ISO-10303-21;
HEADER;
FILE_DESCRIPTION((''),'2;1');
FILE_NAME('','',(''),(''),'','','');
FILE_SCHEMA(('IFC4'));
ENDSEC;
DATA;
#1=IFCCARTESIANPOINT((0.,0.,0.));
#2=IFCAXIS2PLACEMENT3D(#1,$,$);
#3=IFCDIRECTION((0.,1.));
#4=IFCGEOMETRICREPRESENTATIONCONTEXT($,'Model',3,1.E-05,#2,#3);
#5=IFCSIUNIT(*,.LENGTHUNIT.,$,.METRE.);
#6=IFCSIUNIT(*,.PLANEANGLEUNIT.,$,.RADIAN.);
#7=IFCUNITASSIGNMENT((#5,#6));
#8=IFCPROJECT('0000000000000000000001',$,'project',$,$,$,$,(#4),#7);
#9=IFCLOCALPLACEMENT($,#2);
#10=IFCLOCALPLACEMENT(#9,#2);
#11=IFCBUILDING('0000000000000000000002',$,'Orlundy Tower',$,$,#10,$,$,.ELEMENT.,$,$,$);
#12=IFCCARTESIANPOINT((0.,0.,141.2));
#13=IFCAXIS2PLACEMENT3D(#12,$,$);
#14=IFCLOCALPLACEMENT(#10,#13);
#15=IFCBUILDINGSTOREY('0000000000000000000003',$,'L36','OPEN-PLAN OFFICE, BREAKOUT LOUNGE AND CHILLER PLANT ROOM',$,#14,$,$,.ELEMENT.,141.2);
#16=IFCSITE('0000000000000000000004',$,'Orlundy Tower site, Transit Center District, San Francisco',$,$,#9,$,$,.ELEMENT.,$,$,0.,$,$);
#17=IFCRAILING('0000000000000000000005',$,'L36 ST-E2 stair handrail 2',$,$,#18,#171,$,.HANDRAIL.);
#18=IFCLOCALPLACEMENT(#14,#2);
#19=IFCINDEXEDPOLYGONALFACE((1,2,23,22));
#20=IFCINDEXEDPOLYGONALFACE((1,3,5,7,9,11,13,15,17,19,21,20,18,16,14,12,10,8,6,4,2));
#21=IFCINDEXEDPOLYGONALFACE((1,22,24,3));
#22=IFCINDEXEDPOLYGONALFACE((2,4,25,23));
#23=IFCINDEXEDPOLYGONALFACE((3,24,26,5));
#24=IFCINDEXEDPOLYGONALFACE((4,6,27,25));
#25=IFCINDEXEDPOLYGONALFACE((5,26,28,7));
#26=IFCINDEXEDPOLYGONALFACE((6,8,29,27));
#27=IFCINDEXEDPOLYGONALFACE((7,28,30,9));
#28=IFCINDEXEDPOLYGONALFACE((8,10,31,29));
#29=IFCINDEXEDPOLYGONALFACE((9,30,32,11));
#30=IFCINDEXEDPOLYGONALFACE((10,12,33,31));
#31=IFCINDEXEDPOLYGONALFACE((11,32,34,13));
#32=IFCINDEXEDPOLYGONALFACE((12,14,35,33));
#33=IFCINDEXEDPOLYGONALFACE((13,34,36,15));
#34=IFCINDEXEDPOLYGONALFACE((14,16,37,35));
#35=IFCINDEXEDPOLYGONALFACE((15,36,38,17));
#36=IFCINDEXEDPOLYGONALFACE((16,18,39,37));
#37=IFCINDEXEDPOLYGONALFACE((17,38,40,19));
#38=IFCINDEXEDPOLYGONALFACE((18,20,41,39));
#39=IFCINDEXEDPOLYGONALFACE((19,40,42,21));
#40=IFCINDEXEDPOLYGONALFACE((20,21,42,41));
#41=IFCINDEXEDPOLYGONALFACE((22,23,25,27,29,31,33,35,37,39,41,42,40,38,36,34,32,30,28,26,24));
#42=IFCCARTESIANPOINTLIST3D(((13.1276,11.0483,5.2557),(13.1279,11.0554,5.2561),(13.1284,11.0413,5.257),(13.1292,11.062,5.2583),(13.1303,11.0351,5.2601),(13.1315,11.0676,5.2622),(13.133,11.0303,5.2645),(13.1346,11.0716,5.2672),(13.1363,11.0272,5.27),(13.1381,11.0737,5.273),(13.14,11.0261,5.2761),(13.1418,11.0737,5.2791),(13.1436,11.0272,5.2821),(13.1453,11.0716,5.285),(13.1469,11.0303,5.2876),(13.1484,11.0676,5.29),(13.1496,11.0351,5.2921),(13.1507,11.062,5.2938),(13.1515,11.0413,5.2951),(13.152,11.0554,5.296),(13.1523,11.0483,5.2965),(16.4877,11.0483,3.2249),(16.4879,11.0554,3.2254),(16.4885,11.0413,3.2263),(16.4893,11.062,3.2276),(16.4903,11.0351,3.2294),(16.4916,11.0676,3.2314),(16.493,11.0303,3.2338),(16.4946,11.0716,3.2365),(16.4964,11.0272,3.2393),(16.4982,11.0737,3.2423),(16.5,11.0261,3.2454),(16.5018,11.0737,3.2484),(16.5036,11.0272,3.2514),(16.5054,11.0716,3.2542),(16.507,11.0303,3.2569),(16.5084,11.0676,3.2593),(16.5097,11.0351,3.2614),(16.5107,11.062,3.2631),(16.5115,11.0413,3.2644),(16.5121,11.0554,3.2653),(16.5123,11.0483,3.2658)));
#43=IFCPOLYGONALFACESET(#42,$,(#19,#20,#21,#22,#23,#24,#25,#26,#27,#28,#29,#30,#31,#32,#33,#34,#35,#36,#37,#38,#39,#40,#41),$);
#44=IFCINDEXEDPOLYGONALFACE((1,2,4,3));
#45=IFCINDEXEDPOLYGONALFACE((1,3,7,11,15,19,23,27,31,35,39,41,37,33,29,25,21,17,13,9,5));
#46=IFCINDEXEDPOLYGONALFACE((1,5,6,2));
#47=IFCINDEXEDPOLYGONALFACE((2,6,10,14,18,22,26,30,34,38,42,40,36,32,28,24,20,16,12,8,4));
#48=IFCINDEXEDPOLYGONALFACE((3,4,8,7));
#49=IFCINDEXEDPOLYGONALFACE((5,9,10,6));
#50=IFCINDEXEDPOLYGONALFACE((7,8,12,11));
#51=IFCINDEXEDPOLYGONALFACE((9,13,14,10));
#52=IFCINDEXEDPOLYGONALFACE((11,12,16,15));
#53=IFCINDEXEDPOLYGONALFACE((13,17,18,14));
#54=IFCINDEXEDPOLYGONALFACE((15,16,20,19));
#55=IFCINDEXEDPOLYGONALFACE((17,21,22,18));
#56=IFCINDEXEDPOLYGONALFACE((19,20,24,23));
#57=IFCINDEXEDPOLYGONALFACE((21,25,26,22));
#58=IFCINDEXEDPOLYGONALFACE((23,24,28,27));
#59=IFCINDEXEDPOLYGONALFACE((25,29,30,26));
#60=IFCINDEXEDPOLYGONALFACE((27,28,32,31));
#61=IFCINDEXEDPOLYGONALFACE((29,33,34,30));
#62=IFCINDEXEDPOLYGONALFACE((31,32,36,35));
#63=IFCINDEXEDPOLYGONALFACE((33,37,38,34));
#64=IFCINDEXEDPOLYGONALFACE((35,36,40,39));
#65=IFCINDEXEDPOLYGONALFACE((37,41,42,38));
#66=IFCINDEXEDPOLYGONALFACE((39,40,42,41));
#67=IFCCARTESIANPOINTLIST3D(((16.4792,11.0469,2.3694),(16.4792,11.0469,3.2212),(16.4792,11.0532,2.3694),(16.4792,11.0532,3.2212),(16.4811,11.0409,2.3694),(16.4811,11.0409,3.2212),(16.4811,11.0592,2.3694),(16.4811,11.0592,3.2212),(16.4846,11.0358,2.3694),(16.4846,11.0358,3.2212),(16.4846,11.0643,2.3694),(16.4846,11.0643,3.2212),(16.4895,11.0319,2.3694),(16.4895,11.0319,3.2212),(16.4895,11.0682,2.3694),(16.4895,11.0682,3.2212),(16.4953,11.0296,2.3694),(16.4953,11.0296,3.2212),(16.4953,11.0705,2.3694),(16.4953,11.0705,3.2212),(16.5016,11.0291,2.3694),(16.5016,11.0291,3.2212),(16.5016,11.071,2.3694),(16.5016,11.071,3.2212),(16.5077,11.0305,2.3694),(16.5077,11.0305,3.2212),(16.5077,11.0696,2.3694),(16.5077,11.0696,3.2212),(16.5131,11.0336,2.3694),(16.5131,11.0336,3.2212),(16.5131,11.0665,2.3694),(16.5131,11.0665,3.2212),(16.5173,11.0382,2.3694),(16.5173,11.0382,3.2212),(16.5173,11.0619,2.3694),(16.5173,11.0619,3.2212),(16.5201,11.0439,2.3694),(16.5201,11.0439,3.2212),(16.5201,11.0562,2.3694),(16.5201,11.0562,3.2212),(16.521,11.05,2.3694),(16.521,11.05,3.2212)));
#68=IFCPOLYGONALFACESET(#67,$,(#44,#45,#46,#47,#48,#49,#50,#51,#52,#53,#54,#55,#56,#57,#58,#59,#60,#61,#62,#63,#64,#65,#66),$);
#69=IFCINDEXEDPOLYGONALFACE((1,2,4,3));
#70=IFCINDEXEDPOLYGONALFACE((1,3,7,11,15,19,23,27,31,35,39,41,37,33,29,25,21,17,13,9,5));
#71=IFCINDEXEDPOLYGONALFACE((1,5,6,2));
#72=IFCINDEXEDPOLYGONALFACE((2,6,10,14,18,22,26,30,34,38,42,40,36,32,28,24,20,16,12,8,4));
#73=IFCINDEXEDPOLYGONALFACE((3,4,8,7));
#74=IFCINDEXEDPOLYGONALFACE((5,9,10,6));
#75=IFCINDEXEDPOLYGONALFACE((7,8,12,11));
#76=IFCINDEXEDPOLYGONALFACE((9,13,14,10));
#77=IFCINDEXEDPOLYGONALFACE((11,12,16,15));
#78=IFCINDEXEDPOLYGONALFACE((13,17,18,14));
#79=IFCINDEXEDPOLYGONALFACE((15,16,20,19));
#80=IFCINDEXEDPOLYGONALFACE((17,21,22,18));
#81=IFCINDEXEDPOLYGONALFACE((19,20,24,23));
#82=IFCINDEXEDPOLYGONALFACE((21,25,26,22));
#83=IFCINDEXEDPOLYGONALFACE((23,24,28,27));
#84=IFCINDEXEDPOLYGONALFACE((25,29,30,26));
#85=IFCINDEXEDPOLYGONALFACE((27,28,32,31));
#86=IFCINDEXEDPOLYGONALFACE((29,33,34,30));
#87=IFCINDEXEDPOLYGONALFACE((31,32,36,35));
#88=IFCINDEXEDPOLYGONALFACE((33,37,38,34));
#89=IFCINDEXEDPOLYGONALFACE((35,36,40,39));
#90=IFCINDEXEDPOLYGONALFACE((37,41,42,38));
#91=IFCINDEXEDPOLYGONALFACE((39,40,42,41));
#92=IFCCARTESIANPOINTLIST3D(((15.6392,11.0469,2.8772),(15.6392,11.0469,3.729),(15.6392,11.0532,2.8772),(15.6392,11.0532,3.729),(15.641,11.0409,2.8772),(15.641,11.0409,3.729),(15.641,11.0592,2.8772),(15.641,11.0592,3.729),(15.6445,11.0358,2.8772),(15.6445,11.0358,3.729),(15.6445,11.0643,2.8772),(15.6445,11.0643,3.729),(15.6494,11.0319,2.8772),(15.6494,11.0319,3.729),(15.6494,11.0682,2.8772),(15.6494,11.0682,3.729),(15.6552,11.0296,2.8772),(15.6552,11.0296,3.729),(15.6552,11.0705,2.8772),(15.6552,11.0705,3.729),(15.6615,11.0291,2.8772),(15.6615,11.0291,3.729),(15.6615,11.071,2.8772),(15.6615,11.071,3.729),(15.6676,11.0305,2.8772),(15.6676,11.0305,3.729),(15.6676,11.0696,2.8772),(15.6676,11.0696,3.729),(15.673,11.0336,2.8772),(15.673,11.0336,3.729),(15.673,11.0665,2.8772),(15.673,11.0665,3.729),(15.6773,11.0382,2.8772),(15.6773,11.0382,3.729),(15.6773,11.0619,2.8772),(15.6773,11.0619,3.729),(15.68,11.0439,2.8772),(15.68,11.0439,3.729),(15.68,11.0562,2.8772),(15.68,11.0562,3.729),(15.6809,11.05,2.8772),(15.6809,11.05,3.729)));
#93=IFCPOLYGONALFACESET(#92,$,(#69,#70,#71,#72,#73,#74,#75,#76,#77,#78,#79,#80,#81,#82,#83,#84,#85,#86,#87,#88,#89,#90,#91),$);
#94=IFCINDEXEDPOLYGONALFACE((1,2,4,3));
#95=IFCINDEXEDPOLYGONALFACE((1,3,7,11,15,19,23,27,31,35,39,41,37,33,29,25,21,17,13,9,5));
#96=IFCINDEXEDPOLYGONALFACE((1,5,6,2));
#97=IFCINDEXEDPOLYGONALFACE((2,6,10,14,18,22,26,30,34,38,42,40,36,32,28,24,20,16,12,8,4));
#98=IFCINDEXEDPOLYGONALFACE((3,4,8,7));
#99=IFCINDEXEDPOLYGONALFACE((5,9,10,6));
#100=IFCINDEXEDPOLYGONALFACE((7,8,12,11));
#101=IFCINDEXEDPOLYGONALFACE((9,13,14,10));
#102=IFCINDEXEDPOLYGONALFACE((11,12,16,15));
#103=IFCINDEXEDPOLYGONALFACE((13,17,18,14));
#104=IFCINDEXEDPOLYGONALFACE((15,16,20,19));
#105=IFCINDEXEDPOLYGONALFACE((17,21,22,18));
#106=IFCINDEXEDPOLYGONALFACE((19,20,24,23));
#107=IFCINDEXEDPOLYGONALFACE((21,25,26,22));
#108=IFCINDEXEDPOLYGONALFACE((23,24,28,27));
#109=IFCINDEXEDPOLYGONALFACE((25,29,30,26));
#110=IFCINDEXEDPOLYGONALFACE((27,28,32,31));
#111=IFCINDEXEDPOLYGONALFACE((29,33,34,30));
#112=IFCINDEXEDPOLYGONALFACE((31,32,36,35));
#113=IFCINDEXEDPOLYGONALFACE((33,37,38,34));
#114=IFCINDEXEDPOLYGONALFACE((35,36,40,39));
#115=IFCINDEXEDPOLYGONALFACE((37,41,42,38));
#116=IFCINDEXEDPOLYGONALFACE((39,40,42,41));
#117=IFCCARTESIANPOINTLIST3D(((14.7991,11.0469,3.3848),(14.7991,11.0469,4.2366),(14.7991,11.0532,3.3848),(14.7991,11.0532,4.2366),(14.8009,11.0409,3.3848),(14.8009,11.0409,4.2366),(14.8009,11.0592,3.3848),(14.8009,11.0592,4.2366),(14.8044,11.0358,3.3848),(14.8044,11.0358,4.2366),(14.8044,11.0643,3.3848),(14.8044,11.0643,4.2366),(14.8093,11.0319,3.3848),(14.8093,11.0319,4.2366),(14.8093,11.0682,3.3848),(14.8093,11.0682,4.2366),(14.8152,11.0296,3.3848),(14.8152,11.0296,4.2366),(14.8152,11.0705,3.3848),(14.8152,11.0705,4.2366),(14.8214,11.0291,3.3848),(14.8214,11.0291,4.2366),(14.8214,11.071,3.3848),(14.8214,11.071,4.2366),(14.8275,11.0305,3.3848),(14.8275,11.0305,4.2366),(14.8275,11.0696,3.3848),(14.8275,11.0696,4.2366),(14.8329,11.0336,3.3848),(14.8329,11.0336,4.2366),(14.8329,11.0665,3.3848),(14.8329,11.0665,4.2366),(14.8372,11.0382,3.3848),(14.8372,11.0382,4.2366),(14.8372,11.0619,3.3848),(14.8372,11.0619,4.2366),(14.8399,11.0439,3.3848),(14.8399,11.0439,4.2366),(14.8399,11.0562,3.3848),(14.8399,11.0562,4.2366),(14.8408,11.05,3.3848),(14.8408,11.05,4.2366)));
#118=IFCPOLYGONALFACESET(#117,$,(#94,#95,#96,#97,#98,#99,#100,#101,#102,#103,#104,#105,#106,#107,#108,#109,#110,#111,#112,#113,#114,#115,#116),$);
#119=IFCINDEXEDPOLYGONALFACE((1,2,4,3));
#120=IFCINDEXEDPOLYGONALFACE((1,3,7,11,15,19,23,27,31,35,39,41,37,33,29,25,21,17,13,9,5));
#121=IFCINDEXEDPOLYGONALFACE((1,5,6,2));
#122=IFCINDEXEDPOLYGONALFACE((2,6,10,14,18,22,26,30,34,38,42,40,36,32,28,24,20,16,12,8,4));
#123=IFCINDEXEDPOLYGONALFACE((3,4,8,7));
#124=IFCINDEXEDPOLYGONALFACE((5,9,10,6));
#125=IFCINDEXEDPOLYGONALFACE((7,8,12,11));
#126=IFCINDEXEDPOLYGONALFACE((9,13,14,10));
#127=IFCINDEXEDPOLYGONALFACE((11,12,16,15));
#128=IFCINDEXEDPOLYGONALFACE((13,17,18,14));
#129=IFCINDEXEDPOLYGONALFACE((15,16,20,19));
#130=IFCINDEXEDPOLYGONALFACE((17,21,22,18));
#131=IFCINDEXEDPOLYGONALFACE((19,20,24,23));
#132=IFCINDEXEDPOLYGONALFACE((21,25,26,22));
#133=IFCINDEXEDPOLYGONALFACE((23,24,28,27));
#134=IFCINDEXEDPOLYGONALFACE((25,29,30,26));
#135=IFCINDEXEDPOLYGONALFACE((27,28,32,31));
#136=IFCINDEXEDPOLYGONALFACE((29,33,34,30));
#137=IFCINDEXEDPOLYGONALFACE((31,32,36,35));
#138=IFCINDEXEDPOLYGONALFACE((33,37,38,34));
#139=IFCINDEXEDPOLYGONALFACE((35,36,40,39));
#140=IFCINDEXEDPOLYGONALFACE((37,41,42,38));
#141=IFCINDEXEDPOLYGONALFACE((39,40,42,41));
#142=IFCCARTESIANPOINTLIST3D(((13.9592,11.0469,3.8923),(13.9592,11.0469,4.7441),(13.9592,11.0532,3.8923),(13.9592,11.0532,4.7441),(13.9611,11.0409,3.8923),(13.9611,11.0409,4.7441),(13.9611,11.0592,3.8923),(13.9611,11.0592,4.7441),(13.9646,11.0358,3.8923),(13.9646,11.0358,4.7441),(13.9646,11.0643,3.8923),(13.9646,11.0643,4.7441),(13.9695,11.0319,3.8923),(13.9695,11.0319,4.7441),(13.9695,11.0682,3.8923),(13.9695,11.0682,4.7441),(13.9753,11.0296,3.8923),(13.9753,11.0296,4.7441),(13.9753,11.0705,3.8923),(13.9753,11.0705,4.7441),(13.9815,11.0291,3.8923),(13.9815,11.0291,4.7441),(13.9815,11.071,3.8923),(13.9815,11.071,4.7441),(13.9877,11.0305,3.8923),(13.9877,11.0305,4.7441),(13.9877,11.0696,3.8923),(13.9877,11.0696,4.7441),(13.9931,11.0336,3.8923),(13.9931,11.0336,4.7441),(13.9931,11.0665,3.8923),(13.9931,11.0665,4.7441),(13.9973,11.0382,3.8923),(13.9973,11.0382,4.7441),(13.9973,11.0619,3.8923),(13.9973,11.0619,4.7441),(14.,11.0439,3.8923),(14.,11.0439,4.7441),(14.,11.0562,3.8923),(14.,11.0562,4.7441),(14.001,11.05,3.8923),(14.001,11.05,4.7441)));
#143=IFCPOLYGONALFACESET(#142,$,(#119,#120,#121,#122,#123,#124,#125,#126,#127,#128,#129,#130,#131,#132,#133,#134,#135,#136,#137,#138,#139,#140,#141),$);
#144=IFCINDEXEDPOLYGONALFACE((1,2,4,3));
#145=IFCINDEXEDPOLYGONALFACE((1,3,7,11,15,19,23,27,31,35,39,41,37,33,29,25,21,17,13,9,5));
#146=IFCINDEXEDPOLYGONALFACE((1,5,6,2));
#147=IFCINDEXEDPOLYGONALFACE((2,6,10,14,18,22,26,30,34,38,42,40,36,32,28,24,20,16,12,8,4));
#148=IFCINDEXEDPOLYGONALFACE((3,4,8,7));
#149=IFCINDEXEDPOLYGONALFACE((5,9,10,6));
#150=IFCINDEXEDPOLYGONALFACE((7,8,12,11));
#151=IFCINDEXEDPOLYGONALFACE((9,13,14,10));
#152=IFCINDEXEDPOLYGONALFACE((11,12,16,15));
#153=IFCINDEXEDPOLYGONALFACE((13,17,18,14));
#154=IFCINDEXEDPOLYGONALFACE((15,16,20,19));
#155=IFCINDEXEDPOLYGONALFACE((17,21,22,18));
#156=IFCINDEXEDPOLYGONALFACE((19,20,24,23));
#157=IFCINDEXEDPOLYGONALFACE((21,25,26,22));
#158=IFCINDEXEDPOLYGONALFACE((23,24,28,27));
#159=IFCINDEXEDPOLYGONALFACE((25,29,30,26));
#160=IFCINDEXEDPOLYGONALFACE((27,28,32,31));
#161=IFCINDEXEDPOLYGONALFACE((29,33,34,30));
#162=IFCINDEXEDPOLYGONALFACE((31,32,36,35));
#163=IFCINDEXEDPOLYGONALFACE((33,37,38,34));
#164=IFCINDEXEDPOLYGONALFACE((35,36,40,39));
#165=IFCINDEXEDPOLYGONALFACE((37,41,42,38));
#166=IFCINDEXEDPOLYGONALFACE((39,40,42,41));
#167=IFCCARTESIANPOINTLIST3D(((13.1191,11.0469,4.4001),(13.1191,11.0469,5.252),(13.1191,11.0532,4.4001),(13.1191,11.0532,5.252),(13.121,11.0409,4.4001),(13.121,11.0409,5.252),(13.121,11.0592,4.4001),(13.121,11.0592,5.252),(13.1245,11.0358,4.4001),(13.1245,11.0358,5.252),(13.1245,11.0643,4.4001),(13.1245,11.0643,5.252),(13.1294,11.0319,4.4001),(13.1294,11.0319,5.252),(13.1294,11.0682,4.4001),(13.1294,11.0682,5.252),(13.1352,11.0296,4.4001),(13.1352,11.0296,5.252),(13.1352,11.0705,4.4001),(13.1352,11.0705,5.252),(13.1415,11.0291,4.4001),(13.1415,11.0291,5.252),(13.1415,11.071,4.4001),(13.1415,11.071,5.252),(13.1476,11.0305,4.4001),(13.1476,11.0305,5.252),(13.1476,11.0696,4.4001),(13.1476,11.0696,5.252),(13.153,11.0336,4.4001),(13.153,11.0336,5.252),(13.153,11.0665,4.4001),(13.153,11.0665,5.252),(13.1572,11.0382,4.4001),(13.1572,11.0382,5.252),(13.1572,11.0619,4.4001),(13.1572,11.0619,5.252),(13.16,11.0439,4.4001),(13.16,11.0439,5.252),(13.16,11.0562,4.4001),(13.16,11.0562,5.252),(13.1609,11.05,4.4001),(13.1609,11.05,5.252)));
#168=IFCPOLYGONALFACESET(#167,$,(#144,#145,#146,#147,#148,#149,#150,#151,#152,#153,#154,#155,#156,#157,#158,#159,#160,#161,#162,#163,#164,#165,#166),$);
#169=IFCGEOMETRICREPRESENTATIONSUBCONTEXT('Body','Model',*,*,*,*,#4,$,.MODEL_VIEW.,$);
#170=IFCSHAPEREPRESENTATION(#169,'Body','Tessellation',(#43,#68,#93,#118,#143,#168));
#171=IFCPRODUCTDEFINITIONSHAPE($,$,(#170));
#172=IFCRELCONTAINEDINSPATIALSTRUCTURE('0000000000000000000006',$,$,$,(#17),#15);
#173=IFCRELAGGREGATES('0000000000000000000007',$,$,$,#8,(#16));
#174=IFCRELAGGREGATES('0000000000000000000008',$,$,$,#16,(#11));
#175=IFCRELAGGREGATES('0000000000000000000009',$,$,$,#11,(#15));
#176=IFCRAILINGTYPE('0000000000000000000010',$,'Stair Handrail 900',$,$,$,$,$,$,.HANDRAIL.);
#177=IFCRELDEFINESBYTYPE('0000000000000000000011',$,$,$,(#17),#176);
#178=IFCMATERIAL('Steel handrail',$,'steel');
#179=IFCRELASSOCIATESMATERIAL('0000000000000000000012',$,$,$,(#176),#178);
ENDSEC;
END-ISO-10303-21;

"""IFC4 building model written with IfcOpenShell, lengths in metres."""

from ifc_helpers import new_model, si_unit, direction, frame, origin, origin_2d, place, context, subcontext, project, spatial, circle, extrude, material, type_object, element, save


model = new_model("IFC4")

# Units and contexts
model_context = context("Model", 3, precision=1e-05, world=origin(), true_north=direction((0.0, 1.0)))
body_context = subcontext(model_context, "Body", "Model", "MODEL_VIEW")
ifc_project = project(units=[si_unit("LENGTHUNIT", "METRE"), si_unit("PLANEANGLEUNIT", "RADIAN")], contexts=[model_context])

# Site, building, storey
site_placement = place(None, origin())
site = spatial("IfcSite", under=ifc_project, at=site_placement, Name="Orlundy Tower site, Transit Center District, San Francisco", CompositionType="ELEMENT", RefElevation=0.0)
building_placement = place(site_placement, origin())
building = spatial("IfcBuilding", under=site, at=building_placement, Name="Orlundy Tower", CompositionType="ELEMENT")
storey_placement = place(building_placement, frame((0.0, 0.0, 141.2)))
storey = spatial("IfcBuildingStorey", under=building, at=storey_placement, Name="L36", Description="OPEN-PLAN OFFICE, BREAKOUT LOUNGE AND CHILLER PLANT ROOM", CompositionType="ELEMENT", Elevation=141.2)

# Railing
ifc_material_1 = material(Name="Steel handrail", Category="steel")
railing_type = type_object("IfcRailingType", Name="Stair Handrail 900", PredefinedType="HANDRAIL", material=ifc_material_1)
railing_1_placement = place(storey_placement, frame((16.5, 11.05, 2.3694)))
element("IfcRailing", 1, at=railing_1_placement, inside=storey, type_object=railing_type, Name="L36 ST-E2 stair handrail 2", PredefinedType="HANDRAIL", context=body_context, shape_type="SweptSolid", body=[
    extrude(circle(Radius=0.0239, at=origin_2d()), frame((0.0, 0.0, 0.876), z_axis=(-0.855837, 0.0, 0.517246), x_axis=(0.0, -1.0, 0.0)), (0.0, 0.0, 1.0), 3.926),
    extrude(circle(Radius=0.021, at=origin_2d()), origin(), (0.0, 0.0, 1.0), 0.8518),
    extrude(circle(Radius=0.021, at=origin_2d()), frame((-0.8401, 0.0, 0.5078)), (0.0, 0.0, 1.0), 0.8518),
    extrude(circle(Radius=0.021, at=origin_2d()), frame((-1.6802, 0.0, 1.0154)), (0.0, 0.0, 1.0), 0.8518),
    extrude(circle(Radius=0.021, at=origin_2d()), frame((-2.52, 0.0, 1.5229)), (0.0, 0.0, 1.0), 0.8518),
    extrude(circle(Radius=0.021, at=origin_2d()), frame((-3.3601, 0.0, 2.0308)), (0.0, 0.0, 1.0), 0.8518),
])

save(model, "model.ifc")
